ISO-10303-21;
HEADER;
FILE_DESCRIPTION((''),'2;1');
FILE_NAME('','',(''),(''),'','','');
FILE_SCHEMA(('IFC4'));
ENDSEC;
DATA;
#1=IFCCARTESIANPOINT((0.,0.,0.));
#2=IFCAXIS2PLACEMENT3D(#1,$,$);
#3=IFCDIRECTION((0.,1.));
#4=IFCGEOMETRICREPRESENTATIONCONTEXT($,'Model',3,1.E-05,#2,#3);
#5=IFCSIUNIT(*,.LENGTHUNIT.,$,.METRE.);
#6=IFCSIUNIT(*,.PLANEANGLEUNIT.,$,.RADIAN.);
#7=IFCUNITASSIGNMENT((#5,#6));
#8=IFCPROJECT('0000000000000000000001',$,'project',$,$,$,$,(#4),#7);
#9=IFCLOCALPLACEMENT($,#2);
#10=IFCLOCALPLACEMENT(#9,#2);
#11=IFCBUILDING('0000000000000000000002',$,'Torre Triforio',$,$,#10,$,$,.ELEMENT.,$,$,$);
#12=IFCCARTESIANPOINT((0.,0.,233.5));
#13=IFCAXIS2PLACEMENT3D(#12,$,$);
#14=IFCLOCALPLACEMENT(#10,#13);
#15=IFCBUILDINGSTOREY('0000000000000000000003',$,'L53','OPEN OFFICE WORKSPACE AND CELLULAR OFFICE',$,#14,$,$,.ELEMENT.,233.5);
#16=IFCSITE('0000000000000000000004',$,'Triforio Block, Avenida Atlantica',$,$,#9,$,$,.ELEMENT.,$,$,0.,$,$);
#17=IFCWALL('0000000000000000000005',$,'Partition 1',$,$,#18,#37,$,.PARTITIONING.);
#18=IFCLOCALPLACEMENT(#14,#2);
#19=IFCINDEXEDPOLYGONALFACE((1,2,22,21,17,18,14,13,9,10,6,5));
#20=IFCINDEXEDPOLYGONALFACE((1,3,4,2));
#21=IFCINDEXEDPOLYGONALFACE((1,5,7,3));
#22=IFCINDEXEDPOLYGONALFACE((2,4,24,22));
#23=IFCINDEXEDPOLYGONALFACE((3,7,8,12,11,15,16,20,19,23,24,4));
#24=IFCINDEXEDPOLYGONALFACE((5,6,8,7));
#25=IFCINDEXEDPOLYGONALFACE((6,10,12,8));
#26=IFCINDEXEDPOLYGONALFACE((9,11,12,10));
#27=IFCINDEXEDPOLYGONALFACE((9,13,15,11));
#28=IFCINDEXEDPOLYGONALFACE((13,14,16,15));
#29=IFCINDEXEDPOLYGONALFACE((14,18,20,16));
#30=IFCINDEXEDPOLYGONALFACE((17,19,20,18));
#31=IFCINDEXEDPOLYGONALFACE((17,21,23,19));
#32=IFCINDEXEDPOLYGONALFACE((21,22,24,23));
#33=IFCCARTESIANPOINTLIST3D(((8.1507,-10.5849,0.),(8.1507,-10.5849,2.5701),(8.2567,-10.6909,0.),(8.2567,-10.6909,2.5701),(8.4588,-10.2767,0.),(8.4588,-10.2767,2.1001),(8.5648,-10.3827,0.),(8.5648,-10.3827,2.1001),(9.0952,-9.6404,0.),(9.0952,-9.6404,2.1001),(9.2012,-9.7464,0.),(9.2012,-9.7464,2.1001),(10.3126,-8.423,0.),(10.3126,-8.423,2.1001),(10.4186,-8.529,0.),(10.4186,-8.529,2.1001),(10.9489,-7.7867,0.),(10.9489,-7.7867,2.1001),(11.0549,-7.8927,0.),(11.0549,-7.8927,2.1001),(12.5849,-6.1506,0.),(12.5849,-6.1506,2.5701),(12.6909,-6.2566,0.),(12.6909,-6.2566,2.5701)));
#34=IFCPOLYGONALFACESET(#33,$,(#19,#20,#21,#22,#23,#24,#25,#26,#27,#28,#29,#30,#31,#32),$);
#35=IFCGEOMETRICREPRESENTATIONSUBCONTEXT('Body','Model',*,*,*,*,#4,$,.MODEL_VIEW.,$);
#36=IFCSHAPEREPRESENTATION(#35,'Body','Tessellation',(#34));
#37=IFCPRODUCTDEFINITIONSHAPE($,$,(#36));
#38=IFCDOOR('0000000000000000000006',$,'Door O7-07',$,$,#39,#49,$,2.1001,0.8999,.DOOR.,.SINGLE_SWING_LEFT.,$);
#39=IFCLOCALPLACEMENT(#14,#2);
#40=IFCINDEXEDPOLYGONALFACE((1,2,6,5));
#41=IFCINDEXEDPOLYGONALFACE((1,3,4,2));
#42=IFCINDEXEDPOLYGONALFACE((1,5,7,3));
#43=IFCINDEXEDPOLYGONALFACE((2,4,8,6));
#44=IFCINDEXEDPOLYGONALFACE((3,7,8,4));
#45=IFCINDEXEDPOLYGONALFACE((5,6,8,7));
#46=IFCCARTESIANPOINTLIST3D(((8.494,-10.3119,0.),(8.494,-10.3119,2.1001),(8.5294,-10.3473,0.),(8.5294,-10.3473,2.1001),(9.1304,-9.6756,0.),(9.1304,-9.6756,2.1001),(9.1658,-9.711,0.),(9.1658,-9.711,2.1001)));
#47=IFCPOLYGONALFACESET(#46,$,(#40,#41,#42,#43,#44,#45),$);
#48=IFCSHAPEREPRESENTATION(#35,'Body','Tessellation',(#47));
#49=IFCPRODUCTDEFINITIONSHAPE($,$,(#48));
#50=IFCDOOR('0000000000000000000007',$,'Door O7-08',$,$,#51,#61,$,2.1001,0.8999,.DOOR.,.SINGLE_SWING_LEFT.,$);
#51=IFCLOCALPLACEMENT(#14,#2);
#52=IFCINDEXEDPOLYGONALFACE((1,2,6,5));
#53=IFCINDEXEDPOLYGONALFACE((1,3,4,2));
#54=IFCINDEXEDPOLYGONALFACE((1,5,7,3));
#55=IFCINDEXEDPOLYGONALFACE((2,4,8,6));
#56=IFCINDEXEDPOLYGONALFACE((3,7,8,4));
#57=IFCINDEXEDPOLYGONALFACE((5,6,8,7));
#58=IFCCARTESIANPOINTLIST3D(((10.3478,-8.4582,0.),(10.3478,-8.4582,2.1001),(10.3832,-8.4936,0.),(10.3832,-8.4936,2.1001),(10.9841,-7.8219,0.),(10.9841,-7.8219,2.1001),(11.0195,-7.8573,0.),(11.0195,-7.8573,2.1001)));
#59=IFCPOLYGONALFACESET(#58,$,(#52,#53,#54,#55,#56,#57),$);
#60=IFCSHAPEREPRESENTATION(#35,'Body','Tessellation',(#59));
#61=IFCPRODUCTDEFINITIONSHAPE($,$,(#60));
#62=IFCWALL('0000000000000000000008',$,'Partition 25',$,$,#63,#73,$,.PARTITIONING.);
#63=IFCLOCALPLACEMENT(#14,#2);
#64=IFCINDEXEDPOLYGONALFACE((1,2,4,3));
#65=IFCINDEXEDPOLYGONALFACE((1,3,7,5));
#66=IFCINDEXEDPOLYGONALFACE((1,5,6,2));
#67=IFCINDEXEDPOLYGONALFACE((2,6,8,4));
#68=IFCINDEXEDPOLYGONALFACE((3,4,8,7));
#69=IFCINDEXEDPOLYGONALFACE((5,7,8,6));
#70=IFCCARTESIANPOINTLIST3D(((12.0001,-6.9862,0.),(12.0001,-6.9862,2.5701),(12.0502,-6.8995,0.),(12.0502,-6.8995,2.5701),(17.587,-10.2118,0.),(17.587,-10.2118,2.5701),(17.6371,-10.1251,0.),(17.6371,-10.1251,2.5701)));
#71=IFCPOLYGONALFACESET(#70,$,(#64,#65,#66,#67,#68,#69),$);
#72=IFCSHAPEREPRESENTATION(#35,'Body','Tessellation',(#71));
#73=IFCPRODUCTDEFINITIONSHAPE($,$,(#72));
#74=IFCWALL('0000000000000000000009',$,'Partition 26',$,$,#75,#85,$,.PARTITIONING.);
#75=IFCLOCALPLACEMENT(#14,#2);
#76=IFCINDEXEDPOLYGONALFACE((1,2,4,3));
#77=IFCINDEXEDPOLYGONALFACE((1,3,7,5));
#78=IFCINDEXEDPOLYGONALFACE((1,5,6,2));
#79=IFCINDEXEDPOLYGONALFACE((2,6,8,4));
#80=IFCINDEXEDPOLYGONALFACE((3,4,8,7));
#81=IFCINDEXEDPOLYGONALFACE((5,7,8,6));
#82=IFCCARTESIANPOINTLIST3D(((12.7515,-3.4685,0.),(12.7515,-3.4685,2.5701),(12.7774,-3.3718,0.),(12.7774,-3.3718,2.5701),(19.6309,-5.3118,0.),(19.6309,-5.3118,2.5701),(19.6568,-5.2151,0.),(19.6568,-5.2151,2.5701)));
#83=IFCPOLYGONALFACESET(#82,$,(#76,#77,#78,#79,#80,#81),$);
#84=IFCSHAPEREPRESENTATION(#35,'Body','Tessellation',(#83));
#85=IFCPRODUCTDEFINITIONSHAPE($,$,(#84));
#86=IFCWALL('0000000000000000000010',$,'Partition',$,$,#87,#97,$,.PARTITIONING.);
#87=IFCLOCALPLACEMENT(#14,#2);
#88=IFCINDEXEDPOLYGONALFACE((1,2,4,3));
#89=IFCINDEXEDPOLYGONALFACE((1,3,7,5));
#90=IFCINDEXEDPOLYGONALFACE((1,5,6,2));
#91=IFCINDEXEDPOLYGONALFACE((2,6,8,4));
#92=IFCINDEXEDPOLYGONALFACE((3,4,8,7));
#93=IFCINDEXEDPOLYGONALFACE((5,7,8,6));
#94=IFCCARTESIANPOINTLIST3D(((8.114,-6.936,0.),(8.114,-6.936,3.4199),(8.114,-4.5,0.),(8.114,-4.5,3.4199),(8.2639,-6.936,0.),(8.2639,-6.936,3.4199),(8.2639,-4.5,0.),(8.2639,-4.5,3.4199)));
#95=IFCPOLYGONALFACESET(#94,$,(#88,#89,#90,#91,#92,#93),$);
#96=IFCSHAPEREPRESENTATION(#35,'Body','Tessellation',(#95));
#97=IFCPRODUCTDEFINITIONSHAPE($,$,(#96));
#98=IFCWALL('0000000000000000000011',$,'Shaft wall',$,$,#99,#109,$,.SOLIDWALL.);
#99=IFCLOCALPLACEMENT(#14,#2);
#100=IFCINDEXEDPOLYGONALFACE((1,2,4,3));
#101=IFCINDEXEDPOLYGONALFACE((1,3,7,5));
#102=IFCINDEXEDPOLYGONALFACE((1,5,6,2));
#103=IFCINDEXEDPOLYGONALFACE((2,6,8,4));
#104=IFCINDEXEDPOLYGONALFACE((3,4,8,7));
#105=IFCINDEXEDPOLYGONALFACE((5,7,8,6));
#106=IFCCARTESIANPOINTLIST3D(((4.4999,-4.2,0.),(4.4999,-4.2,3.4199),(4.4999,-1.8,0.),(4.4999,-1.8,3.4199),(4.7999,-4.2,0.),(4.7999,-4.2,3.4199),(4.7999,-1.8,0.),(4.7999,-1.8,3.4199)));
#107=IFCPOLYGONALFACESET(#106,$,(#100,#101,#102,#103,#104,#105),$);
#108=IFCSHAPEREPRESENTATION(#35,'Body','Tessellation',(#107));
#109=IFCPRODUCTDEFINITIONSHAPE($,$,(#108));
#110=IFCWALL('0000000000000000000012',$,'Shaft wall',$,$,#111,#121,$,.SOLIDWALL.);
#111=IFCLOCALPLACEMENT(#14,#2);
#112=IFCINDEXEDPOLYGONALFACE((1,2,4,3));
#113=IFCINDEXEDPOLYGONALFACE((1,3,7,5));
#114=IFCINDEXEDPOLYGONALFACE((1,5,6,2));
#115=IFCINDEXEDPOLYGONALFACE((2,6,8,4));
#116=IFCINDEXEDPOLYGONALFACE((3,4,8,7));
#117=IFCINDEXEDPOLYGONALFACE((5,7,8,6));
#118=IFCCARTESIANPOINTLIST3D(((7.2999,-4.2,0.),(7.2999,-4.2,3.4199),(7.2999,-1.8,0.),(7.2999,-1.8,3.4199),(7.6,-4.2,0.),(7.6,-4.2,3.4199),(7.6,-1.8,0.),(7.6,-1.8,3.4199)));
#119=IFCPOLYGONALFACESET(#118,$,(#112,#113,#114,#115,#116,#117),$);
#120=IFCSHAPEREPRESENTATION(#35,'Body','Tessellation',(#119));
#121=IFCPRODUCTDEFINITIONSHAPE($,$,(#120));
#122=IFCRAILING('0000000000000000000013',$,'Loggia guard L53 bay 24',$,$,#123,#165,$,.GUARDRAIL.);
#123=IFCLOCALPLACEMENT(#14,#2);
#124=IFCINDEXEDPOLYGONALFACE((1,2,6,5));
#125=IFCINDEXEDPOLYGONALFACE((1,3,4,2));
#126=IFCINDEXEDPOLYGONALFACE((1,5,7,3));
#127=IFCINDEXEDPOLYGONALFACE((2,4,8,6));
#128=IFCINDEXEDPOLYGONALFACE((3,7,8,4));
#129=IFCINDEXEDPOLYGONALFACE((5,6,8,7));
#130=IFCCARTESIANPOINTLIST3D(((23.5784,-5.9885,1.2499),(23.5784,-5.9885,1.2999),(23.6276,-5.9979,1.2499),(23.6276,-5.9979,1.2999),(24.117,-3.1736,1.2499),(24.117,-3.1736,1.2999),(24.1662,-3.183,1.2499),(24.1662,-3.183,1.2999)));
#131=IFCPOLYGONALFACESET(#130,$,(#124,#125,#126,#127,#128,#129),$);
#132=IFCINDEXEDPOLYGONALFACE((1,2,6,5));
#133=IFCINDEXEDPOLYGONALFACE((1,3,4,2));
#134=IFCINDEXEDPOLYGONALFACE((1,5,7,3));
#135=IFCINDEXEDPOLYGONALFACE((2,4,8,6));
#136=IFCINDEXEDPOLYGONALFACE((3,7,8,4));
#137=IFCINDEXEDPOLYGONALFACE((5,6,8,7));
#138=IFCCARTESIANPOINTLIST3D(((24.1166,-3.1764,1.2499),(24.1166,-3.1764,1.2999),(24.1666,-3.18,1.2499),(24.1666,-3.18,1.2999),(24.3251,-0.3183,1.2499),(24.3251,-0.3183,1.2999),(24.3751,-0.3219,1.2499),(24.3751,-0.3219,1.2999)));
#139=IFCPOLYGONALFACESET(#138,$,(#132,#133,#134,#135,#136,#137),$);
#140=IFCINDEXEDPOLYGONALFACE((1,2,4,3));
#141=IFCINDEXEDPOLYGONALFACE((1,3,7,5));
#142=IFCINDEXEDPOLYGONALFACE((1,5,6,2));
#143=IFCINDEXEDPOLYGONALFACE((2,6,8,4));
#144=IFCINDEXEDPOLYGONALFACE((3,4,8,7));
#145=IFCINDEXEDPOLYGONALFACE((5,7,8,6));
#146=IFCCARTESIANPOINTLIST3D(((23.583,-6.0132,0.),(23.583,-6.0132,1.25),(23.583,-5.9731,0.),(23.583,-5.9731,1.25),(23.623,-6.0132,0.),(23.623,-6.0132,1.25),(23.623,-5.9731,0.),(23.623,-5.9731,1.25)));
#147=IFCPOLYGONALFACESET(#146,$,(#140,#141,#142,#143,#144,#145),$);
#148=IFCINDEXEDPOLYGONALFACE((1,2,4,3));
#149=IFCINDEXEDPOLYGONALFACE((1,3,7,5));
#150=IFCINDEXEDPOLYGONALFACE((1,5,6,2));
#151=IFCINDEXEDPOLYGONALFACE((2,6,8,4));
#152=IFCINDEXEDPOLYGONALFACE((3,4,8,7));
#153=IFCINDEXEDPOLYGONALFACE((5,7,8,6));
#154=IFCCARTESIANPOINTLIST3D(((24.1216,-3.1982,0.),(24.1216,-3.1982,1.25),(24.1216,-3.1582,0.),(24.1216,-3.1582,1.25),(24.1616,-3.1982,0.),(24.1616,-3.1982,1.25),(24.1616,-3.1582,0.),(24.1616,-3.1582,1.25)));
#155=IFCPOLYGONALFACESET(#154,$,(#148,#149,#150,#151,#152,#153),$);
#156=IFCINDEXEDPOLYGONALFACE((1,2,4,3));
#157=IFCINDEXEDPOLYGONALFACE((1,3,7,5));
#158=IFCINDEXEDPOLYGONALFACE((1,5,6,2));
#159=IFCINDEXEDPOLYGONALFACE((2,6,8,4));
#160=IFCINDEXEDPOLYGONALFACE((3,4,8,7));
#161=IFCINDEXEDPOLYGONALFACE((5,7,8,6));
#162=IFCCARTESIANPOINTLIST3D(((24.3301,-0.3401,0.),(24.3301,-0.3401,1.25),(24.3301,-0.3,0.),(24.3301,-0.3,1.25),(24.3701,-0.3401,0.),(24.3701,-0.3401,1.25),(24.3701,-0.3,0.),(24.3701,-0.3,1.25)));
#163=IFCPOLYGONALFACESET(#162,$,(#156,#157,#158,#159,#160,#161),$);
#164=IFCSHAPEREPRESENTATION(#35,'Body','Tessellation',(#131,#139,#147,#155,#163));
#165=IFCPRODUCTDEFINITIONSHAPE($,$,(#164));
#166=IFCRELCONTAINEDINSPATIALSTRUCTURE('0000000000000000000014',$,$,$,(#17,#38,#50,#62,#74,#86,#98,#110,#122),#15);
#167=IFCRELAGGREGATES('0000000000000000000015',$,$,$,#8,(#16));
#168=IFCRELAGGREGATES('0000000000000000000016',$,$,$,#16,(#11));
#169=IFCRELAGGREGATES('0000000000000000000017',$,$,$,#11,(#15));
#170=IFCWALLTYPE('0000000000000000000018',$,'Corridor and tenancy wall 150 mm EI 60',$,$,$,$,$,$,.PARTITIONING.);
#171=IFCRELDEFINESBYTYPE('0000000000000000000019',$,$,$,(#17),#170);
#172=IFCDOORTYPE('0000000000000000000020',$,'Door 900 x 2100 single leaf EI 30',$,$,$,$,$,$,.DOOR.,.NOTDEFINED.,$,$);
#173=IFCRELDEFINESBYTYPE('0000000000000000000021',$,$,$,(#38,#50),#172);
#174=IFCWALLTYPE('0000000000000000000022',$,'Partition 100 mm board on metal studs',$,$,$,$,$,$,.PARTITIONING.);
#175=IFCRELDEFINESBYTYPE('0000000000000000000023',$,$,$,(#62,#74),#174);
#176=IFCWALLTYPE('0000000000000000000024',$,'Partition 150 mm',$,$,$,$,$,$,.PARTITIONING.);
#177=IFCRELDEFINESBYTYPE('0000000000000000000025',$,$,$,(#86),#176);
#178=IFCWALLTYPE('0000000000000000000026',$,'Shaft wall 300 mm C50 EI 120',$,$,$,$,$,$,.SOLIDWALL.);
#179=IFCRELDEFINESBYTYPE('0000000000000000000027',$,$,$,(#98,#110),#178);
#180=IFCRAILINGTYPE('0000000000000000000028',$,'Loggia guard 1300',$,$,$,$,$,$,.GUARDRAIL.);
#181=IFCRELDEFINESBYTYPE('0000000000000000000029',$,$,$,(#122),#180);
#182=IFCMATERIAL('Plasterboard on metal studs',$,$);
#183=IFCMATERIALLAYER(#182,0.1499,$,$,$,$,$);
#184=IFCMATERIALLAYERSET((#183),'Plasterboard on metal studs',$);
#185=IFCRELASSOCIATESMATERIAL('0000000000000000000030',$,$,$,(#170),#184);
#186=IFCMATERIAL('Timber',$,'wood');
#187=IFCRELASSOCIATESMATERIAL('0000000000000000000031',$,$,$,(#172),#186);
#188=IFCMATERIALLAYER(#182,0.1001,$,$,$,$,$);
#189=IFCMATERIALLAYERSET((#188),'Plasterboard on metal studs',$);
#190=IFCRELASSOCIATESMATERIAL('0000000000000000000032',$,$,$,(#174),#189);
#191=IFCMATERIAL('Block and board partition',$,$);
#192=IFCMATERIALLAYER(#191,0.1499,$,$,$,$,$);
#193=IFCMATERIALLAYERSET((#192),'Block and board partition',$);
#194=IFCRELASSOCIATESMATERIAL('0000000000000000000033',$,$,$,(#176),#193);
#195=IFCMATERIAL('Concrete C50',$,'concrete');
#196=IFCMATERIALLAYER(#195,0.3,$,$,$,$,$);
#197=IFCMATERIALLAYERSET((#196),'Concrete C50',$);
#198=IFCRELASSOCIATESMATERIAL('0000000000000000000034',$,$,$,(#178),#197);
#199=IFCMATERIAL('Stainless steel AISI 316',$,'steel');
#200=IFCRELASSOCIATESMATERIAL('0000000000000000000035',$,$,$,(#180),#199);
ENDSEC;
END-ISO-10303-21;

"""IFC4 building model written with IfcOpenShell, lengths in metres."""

from ifc_helpers import new_model, si_unit, direction, frame, frame_2d, origin, origin_2d, place, context, subcontext, project, spatial, rectangle, extrude, material, layer, layer_set, type_object, element, fill, save


model = new_model("IFC4")

# Units and contexts
model_context = context("Model", 3, precision=1e-05, world=origin(), true_north=direction((0.0, 1.0)))
body_context = subcontext(model_context, "Body", "Model", "MODEL_VIEW")
ifc_project = project(units=[si_unit("LENGTHUNIT", "METRE"), si_unit("PLANEANGLEUNIT", "RADIAN")], contexts=[model_context])

# Site, building, storey
site_placement = place(None, origin())
site = spatial("IfcSite", under=ifc_project, at=site_placement, Name="Triforio Block, Avenida Atlantica", CompositionType="ELEMENT", RefElevation=0.0)
building_placement = place(site_placement, origin())
building = spatial("IfcBuilding", under=site, at=building_placement, Name="Torre Triforio", CompositionType="ELEMENT")
storey_placement = place(building_placement, frame((0.0, 0.0, 233.5)))
storey = spatial("IfcBuildingStorey", under=building, at=storey_placement, Name="L53", Description="OPEN OFFICE WORKSPACE AND CELLULAR OFFICE", CompositionType="ELEMENT", Elevation=233.5)

# Shared definitions
ifc_material_1 = material(Name="Concrete C50", Category="concrete")

# Wall, openings, doors
ifc_material_2 = material(Name="Plasterboard on metal studs")
ifc_layer_1 = layer(ifc_material_2, 0.1499)
ifc_layer_set_1 = layer_set([ifc_layer_1], Name="Plasterboard on metal studs")
wall_type_1 = type_object("IfcWallType", Name="Corridor and tenancy wall 150 mm EI 60", PredefinedType="PARTITIONING", material=ifc_layer_set_1)
wall_1_placement = place(storey_placement, frame((12.6379, -6.2036, 0.0), z_axis=(0.0, 0.0, 1.0), x_axis=(-0.707107, -0.707107, 0.0)))
wall_1 = element("IfcWall", 1, at=wall_1_placement, inside=storey, type_object=wall_type_1, Name="Partition 1", PredefinedType="PARTITIONING", context=body_context, shape_type="SweptSolid", body=[
    extrude(rectangle(XDim=6.271, YDim=0.1499, at=frame_2d((3.1355, 0.0))), origin(), (0.0, 0.0, 1.0), 2.5701),
])
opening_1_placement = place(wall_1_placement, frame((4.9353, 0.0, 0.0)))
opening_1 = element("IfcOpeningElement", 2, at=opening_1_placement, cuts=wall_1, PredefinedType="OPENING", context=body_context, shape_type="SweptSolid", body=[
    extrude(rectangle(XDim=0.8999, YDim=2.1001, at=frame_2d((0.45, 1.05))), frame((0.0, 0.085, 0.0), z_axis=(0.0, -1.0, 0.0), x_axis=(1.0, 0.0, 0.0)), (0.0, 0.0, 1.0), 0.1699),
])
opening_2_placement = place(wall_1_placement, frame((2.3137, 0.0, 0.0)))
opening_2 = element("IfcOpeningElement", 3, at=opening_2_placement, cuts=wall_1, PredefinedType="OPENING", context=body_context, shape_type="SweptSolid", body=[
    extrude(rectangle(XDim=0.8999, YDim=2.1001, at=frame_2d((0.45, 1.05))), frame((0.0, 0.085, 0.0), z_axis=(0.0, -1.0, 0.0), x_axis=(1.0, 0.0, 0.0)), (0.0, 0.0, 1.0), 0.1699),
])
ifc_material_3 = material(Name="Timber", Category="wood")
door_type_1 = type_object("IfcDoorType", Name="Door 900 x 2100 single leaf EI 30", OperationType="NOTDEFINED", PredefinedType="DOOR", material=ifc_material_3)
door_1_placement = place(opening_1_placement, origin())
door_1 = element("IfcDoor", 4, at=door_1_placement, inside=storey, type_object=door_type_1, Name="Door O7-07", OperationType="SINGLE_SWING_LEFT", OverallHeight=2.1001, OverallWidth=0.8999, PredefinedType="DOOR", context=body_context, shape_type="SweptSolid", body=[
    extrude(rectangle(XDim=0.8999, YDim=2.1001, at=frame_2d((0.45, 1.05))), frame((0.0, 0.0249, 0.0), z_axis=(0.0, -1.0, 0.0), x_axis=(1.0, 0.0, 0.0)), (0.0, 0.0, 1.0), 0.05),
])
fill(opening_1, door_1)
door_2_placement = place(opening_2_placement, origin())
door_2 = element("IfcDoor", 5, at=door_2_placement, inside=storey, type_object=door_type_1, Name="Door O7-08", OperationType="SINGLE_SWING_LEFT", OverallHeight=2.1001, OverallWidth=0.8999, PredefinedType="DOOR", context=body_context, shape_type="SweptSolid", body=[
    extrude(rectangle(XDim=0.8999, YDim=2.1001, at=frame_2d((0.45, 1.05))), frame((0.0, 0.0249, 0.0), z_axis=(0.0, -1.0, 0.0), x_axis=(1.0, 0.0, 0.0)), (0.0, 0.0, 1.0), 0.05),
])
fill(opening_2, door_2)

# Walls
ifc_layer_2 = layer(ifc_material_2, 0.1001)
ifc_layer_set_2 = layer_set([ifc_layer_2], Name="Plasterboard on metal studs")
wall_type_2 = type_object("IfcWallType", Name="Partition 100 mm board on metal studs", PredefinedType="PARTITIONING", material=ifc_layer_set_2)
wall_2_placement = place(storey_placement, frame((12.0251, -6.9429, 0.0), z_axis=(0.0, 0.0, 1.0), x_axis=(0.866027, -0.499998, 0.0)))
element("IfcWall", 6, at=wall_2_placement, inside=storey, type_object=wall_type_2, Name="Partition 25", PredefinedType="PARTITIONING", context=body_context, shape_type="SweptSolid", body=[
    extrude(rectangle(XDim=6.4512, YDim=0.1001, at=frame_2d((3.2256, 0.0))), origin(), (0.0, 0.0, 1.0), 2.5701),
])
wall_3_placement = place(storey_placement, frame((12.7644, -3.4202, 0.0), z_axis=(0.0, 0.0, 1.0), x_axis=(0.965928, -0.25881, 0.0)))
element("IfcWall", 7, at=wall_3_placement, inside=storey, type_object=wall_type_2, Name="Partition 26", PredefinedType="PARTITIONING", context=body_context, shape_type="SweptSolid", body=[
    extrude(rectangle(XDim=7.1221, YDim=0.1001, at=frame_2d((3.561, 0.0))), origin(), (0.0, 0.0, 1.0), 2.5701),
])
ifc_material_4 = material(Name="Block and board partition")
ifc_layer_3 = layer(ifc_material_4, 0.1499)
ifc_layer_set_3 = layer_set([ifc_layer_3], Name="Block and board partition")
wall_type_3 = type_object("IfcWallType", Name="Partition 150 mm", PredefinedType="PARTITIONING", material=ifc_layer_set_3)
wall_4_placement = place(storey_placement, frame((8.189, -6.936, 0.0), z_axis=(0.0, 0.0, 1.0), x_axis=(0.0, 1.0, 0.0)))
element("IfcWall", 8, at=wall_4_placement, inside=storey, type_object=wall_type_3, Name="Partition", PredefinedType="PARTITIONING", context=body_context, shape_type="SweptSolid", body=[
    extrude(rectangle(XDim=2.436, YDim=0.1499, at=frame_2d((1.218, 0.0))), origin(), (0.0, 0.0, 1.0), 3.4199),
])
ifc_layer_4 = layer(ifc_material_1, 0.3)
ifc_layer_set_4 = layer_set([ifc_layer_4], Name="Concrete C50")
wall_type_4 = type_object("IfcWallType", Name="Shaft wall 300 mm C50 EI 120", PredefinedType="SOLIDWALL", material=ifc_layer_set_4)
for number, where, z_axis, x_axis, name in (
    (9, (4.6499, -4.2, 0.0), (0.0, 0.0, 1.0), (0.0, 1.0, 0.0), "Shaft wall"),
    (10, (7.45, -4.2, 0.0), (0.0, 0.0, 1.0), (0.0, 1.0, 0.0), "Shaft wall"),
):
    element("IfcWall", number, at=place(storey_placement, frame(where, z_axis=z_axis, x_axis=x_axis)), inside=storey, type_object=wall_type_4, Name=name, PredefinedType="SOLIDWALL", context=body_context, shape_type="SweptSolid", body=[
        extrude(rectangle(XDim=2.3999, YDim=0.3, at=frame_2d((1.2, 0.0))), origin(), (0.0, 0.0, 1.0), 3.4199),
    ])

# Railing
ifc_material_5 = material(Name="Stainless steel AISI 316", Category="steel")
railing_type = type_object("IfcRailingType", Name="Loggia guard 1300", PredefinedType="GUARDRAIL", material=ifc_material_5)
railing_placement = place(storey_placement, frame((23.603, -5.9932, 0.0)))
element("IfcRailing", 11, at=railing_placement, inside=storey, type_object=railing_type, Name="Loggia guard L53 bay 24", PredefinedType="GUARDRAIL", context=body_context, shape_type="SweptSolid", body=[
    extrude(rectangle(XDim=0.05, YDim=0.05, at=origin_2d()), frame((0.0, 0.0, 1.2749), z_axis=(0.187918, 0.982185, 0.0), x_axis=(-0.982185, 0.187918, 0.0)), (0.0, 0.0, 1.0), 2.866),
    extrude(rectangle(XDim=0.05, YDim=0.05, at=origin_2d()), frame((0.5386, 2.8149, 1.2749), z_axis=(0.072754, 0.99735, 0.0), x_axis=(-0.99735, 0.072754, 0.0)), (0.0, 0.0, 1.0), 2.8657),
    extrude(rectangle(XDim=0.04, YDim=0.04, at=origin_2d()), origin(), (0.0, 0.0, 1.0), 1.25),
    extrude(rectangle(XDim=0.04, YDim=0.04, at=origin_2d()), frame((0.5386, 2.8149, 0.0)), (0.0, 0.0, 1.0), 1.25),
    extrude(rectangle(XDim=0.04, YDim=0.04, at=origin_2d()), frame((0.7471, 5.6731, 0.0)), (0.0, 0.0, 1.0), 1.25),
])

save(model, "model.ifc")
